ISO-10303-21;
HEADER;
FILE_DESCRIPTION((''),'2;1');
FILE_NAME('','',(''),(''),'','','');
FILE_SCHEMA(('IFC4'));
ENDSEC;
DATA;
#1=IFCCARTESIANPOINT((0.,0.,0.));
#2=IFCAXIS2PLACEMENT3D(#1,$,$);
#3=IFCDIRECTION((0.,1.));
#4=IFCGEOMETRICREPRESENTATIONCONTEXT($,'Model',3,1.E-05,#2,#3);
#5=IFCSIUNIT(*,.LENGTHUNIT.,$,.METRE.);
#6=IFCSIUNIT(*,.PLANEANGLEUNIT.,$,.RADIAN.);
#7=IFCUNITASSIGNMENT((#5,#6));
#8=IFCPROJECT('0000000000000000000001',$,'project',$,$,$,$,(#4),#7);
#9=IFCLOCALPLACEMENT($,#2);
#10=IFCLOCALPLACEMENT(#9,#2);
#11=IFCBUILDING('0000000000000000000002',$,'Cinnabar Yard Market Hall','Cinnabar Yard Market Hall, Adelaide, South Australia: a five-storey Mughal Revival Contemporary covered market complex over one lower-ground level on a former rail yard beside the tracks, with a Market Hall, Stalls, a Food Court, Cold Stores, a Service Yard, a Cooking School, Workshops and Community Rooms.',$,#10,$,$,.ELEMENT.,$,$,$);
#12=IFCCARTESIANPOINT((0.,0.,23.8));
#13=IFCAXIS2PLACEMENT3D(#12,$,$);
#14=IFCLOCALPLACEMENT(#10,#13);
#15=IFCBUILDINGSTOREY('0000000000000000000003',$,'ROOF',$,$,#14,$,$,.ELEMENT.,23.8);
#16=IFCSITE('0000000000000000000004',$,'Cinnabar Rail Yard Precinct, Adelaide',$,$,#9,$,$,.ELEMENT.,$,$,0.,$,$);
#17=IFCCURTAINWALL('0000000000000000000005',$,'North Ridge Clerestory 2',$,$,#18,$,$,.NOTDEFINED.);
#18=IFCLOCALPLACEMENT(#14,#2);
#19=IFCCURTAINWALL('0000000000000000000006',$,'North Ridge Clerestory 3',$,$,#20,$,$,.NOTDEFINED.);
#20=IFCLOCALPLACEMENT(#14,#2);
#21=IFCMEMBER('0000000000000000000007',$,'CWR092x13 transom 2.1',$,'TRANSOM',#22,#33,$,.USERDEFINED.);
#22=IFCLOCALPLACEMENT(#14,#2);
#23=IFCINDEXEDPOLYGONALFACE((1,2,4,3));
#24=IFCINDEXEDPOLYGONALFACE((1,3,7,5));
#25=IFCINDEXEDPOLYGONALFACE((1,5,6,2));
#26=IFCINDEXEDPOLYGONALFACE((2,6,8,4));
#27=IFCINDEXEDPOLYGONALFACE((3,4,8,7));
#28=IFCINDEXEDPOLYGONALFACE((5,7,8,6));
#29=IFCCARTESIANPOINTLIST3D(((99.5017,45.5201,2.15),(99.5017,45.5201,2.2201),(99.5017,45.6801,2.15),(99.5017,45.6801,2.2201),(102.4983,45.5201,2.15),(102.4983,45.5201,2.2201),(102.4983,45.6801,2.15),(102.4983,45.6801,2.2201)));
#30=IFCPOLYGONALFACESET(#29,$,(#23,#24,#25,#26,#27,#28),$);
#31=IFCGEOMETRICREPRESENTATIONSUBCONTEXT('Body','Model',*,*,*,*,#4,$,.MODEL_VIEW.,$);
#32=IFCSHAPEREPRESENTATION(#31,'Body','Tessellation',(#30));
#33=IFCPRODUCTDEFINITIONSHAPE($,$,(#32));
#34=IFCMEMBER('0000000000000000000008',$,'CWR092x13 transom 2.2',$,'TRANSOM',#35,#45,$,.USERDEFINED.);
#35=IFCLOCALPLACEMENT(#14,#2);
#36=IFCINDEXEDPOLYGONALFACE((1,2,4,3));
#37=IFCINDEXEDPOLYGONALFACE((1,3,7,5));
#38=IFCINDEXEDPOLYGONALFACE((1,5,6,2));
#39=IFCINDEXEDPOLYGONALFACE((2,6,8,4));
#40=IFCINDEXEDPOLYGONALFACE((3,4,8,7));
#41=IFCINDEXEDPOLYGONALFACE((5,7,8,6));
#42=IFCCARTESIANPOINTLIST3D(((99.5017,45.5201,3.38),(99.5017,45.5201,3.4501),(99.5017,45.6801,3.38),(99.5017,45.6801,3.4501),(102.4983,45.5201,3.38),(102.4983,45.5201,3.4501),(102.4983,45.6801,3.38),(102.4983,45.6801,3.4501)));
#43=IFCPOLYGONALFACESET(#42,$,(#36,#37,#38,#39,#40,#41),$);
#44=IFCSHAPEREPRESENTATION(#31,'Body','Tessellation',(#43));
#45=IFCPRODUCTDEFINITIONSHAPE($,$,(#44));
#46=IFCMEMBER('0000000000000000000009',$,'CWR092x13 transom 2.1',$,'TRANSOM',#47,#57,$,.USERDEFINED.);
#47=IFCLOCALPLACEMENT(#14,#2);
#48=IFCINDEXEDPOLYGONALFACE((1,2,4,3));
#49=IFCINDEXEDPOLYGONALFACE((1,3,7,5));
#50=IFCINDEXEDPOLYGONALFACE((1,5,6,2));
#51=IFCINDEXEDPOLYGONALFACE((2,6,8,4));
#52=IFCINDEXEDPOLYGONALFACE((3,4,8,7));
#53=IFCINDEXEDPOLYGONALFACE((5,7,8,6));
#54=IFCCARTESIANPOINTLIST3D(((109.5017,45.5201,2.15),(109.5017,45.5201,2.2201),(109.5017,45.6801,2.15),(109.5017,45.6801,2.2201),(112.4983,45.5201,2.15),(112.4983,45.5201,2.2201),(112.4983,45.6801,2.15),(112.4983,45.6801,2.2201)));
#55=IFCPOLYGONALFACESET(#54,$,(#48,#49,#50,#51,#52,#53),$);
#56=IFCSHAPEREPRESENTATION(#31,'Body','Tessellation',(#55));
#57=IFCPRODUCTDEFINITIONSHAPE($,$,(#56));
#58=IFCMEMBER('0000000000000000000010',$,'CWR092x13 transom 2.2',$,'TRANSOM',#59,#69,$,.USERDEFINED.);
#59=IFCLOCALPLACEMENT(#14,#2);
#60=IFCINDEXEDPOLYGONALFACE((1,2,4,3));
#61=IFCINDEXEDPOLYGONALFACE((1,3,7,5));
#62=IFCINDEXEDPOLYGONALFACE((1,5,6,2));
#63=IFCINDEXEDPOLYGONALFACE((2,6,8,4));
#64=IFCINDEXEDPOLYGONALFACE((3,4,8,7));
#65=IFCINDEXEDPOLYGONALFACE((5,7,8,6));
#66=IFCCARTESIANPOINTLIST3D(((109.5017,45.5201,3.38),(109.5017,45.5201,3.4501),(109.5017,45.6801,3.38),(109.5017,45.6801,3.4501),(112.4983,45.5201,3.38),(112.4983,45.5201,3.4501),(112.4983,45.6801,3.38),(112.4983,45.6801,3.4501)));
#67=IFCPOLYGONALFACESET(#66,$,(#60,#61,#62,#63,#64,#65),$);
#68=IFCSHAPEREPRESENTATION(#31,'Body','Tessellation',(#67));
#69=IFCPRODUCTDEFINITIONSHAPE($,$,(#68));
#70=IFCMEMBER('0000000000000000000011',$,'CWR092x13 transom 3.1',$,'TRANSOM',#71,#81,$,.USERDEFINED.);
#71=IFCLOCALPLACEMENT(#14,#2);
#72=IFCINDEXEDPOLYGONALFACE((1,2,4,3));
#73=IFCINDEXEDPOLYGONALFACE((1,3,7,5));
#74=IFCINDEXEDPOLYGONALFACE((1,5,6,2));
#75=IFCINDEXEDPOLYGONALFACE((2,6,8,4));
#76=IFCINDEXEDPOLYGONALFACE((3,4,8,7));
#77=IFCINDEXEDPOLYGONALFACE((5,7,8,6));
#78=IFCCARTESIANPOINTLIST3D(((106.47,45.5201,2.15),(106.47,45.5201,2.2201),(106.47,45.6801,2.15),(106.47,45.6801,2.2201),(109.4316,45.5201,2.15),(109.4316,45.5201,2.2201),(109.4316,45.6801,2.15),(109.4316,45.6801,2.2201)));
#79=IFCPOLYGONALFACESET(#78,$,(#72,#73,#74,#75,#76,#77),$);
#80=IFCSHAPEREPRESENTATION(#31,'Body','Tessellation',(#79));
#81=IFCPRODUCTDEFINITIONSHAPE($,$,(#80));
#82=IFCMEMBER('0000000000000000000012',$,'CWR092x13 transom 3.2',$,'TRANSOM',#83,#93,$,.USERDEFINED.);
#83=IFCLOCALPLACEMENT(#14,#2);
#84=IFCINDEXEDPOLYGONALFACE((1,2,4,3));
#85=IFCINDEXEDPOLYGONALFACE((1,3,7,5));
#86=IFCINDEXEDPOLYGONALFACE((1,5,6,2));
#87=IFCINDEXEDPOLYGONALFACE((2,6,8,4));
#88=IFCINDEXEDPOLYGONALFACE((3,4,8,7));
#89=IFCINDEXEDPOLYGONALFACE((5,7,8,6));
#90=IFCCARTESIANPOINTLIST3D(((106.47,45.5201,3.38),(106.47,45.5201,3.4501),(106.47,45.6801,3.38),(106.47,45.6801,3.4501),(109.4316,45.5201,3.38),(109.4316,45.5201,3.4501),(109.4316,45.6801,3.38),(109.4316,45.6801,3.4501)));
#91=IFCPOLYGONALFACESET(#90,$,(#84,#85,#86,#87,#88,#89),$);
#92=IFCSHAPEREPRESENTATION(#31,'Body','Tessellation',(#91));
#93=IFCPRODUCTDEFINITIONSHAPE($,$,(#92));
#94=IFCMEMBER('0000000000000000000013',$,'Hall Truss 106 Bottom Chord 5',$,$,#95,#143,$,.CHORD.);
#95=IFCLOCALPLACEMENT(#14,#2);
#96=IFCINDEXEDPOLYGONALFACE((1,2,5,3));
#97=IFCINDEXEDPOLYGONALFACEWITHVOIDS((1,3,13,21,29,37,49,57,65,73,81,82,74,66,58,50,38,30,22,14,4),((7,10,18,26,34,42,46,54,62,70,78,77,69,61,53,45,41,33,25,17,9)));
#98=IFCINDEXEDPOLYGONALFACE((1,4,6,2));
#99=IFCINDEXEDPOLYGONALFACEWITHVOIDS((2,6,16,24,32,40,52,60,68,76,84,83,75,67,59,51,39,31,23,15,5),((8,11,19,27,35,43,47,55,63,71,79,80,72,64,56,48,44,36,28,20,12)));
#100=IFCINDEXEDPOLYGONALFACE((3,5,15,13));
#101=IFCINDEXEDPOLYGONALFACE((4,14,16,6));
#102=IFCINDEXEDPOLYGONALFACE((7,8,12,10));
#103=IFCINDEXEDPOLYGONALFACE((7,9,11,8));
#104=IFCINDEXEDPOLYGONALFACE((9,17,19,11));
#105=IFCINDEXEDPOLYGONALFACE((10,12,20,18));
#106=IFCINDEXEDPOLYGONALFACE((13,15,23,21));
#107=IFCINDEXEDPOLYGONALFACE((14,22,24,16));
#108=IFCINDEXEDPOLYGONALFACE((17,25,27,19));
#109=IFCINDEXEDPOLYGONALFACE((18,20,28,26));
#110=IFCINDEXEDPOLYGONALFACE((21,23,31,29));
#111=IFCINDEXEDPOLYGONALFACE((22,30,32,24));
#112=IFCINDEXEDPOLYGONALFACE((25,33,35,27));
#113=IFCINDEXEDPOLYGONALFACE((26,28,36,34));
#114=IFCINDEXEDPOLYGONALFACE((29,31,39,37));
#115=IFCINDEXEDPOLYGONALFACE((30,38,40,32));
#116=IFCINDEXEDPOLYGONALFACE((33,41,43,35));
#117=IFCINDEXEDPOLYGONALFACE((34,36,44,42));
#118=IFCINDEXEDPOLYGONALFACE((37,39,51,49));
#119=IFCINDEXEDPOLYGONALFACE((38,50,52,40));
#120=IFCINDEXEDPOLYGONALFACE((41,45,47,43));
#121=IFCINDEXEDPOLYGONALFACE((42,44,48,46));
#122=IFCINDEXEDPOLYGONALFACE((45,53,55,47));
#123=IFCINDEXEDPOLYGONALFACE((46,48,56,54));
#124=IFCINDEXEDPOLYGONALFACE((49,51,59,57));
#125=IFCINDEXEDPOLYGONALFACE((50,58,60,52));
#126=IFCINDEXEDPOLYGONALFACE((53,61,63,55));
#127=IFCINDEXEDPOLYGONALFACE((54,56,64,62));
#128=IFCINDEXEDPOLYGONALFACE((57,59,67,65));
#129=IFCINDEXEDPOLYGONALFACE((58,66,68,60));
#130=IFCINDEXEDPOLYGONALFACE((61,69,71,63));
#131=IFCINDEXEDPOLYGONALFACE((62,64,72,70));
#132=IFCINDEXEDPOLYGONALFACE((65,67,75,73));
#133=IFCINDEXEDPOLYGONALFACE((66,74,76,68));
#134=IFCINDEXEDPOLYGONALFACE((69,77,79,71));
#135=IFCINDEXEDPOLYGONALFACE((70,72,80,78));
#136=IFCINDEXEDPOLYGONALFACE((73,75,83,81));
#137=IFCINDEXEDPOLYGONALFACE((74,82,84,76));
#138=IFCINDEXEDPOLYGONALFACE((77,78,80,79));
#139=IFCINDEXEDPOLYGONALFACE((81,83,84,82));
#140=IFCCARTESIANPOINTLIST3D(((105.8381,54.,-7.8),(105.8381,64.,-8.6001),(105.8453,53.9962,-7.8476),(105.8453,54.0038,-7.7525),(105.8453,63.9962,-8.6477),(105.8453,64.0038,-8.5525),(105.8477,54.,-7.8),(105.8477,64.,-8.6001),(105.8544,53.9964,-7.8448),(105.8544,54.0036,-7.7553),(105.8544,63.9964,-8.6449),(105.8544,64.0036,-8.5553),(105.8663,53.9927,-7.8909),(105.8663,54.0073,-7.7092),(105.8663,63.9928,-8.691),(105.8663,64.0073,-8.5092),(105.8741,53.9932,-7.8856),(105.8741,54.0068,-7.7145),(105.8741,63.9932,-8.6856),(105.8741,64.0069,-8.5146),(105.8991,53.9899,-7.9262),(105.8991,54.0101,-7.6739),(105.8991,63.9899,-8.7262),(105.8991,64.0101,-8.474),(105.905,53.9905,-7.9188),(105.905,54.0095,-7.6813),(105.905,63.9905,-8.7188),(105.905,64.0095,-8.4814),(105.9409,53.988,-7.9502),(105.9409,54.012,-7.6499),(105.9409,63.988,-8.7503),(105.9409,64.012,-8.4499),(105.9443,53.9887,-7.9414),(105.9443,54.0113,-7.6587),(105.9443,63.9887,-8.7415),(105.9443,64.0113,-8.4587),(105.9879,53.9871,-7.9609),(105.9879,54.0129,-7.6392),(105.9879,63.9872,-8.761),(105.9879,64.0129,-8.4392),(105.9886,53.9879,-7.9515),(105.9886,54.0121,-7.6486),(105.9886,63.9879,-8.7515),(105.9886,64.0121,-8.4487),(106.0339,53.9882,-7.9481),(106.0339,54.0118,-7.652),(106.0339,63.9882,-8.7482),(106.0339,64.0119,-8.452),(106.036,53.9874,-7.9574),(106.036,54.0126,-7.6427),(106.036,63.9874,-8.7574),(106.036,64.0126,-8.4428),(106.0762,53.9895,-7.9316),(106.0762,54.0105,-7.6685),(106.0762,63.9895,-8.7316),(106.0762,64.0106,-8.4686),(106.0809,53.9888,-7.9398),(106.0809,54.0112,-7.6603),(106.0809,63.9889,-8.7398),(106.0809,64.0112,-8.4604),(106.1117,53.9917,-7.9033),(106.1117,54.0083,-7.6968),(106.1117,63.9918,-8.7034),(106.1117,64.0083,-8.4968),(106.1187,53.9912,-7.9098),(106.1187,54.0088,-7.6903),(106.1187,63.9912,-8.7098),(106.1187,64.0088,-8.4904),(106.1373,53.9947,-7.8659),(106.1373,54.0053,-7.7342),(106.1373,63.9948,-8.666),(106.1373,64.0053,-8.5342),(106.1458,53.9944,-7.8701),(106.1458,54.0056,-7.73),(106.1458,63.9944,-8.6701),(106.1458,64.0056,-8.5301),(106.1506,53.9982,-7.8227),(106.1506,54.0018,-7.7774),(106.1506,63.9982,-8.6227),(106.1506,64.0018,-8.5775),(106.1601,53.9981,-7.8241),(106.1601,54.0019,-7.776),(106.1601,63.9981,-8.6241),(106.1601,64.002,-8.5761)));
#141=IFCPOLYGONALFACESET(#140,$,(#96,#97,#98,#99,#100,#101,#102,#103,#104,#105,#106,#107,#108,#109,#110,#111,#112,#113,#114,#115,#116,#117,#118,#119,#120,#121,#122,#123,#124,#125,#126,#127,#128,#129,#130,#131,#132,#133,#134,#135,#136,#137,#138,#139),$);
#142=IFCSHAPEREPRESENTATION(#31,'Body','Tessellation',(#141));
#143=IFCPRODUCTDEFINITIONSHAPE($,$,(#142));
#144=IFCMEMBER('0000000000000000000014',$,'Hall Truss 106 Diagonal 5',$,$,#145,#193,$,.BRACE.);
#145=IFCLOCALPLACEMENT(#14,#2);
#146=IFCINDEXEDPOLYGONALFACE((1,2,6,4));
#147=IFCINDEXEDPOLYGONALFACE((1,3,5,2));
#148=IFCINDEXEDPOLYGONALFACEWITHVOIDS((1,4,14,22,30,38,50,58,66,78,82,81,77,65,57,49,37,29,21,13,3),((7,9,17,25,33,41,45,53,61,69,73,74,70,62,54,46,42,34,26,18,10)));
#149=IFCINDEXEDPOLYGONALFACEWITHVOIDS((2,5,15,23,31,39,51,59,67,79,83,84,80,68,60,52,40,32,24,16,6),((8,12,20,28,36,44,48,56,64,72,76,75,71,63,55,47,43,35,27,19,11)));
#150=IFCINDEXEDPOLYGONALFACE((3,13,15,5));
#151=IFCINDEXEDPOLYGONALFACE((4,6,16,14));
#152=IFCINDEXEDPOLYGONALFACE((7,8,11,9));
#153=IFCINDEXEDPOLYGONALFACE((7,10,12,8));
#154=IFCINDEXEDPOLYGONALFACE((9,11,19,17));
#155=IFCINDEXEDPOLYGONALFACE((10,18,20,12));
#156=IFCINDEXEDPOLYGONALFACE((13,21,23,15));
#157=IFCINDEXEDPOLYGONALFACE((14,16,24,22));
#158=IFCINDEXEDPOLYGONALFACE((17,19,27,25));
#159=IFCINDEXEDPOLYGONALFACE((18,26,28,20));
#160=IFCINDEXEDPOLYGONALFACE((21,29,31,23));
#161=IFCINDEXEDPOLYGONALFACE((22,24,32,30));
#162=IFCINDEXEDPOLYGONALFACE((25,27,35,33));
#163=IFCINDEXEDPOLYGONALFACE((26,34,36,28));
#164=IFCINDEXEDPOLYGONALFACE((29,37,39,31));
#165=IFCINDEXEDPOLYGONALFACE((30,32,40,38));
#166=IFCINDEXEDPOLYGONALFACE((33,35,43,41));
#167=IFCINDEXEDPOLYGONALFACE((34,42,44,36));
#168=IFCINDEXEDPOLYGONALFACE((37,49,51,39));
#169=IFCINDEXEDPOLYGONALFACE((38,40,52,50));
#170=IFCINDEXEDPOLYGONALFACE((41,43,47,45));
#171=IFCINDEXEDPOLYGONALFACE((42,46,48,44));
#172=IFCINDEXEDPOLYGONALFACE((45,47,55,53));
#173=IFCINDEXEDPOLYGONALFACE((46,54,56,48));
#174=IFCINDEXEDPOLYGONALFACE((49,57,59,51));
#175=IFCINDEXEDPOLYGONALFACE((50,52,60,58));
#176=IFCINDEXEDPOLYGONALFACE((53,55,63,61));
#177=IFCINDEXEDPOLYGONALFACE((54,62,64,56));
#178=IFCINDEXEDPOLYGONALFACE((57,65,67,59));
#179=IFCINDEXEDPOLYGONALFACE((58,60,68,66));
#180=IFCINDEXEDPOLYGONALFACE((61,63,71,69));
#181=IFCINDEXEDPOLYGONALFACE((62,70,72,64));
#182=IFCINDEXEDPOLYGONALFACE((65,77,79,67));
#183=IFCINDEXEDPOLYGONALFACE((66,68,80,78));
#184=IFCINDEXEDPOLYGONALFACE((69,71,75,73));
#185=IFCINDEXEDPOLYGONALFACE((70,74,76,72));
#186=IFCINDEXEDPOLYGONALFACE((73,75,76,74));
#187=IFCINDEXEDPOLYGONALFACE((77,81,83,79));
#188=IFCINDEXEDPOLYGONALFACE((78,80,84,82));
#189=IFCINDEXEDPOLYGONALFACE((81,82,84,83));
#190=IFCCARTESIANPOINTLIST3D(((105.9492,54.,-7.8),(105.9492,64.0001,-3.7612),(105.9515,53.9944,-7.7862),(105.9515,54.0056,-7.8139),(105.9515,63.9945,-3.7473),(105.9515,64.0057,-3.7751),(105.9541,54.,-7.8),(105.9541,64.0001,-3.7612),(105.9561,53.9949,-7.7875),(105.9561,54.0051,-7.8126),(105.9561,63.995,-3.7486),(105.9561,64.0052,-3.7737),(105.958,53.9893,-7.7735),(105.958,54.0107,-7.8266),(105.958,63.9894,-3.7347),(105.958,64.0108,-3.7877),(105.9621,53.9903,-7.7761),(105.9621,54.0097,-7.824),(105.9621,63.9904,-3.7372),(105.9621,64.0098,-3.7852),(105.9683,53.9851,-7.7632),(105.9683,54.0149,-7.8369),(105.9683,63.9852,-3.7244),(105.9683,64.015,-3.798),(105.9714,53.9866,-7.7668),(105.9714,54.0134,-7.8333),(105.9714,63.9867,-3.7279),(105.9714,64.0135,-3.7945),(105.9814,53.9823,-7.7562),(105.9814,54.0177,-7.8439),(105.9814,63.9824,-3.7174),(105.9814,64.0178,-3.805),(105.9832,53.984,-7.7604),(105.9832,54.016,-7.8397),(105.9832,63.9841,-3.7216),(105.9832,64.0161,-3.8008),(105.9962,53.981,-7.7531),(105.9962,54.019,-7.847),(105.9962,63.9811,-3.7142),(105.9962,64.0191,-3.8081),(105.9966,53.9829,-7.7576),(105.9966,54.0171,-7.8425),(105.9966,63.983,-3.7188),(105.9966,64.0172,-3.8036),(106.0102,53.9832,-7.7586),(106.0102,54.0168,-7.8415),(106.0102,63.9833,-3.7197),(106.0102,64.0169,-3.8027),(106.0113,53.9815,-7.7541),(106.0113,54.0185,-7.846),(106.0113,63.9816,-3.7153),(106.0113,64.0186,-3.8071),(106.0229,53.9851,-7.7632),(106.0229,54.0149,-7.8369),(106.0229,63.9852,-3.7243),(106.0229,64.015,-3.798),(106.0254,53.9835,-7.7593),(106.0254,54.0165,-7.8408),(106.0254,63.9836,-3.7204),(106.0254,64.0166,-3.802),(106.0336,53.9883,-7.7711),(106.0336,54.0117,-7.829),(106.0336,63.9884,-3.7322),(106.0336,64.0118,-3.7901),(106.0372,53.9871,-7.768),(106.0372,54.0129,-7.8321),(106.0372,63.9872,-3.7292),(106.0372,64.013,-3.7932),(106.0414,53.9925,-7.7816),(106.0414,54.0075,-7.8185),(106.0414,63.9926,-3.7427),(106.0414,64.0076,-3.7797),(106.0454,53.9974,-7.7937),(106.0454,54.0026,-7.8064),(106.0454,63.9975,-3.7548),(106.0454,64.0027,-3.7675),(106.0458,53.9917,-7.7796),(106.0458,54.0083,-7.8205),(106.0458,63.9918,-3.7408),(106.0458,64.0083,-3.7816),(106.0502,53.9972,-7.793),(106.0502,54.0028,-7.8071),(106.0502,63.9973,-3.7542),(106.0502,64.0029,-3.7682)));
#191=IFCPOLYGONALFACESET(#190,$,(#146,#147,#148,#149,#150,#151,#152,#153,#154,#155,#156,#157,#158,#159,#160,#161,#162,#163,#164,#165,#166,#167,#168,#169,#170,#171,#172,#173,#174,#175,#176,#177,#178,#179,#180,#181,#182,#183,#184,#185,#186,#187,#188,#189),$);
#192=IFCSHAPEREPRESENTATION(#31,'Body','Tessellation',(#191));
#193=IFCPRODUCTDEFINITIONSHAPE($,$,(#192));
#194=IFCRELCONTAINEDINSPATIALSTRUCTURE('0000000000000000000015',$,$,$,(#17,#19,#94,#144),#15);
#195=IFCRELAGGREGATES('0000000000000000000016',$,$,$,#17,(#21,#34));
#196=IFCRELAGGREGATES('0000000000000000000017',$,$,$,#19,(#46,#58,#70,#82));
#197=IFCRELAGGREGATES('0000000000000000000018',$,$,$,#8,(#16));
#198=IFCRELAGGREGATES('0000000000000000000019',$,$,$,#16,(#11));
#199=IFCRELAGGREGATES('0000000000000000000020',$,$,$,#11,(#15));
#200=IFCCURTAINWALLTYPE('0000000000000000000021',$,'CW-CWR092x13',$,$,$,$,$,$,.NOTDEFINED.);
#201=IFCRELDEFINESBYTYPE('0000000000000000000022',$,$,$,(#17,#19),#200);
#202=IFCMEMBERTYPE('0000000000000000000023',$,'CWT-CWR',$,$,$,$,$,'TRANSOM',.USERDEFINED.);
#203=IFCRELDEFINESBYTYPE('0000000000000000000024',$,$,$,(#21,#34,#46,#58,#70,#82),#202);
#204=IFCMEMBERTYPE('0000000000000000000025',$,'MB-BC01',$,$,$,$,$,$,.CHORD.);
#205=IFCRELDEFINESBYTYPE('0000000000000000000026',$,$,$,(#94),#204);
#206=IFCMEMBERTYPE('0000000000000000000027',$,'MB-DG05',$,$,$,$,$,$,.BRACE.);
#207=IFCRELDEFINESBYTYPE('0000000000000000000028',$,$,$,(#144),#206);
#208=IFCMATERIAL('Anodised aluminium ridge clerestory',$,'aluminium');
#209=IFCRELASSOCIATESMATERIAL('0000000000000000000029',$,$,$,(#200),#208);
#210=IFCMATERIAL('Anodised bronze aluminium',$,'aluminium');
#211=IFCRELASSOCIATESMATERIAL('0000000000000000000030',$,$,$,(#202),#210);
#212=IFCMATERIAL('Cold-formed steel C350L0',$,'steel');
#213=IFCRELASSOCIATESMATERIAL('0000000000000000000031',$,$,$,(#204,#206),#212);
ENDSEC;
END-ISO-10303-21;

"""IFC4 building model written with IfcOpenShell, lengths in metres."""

from ifc_helpers import new_model, si_unit, direction, frame, origin, origin_2d_with_axis, place, context, subcontext, project, spatial, rectangle, hollow_circle, extrude, material, material_profile, profile_set, type_object, element, aggregate, save


model = new_model("IFC4")

# Units and contexts
model_context = context("Model", 3, precision=1e-05, world=origin(), true_north=direction((0.0, 1.0)))
body_context = subcontext(model_context, "Body", "Model", "MODEL_VIEW")
ifc_project = project(units=[si_unit("LENGTHUNIT", "METRE"), si_unit("PLANEANGLEUNIT", "RADIAN")], contexts=[model_context])

# Site, building, storey
site_placement = place(None, origin())
site = spatial("IfcSite", under=ifc_project, at=site_placement, Name="Cinnabar Rail Yard Precinct, Adelaide", CompositionType="ELEMENT", RefElevation=0.0)
building_placement = place(site_placement, origin())
building = spatial("IfcBuilding", under=site, at=building_placement, Name="Cinnabar Yard Market Hall", Description="Cinnabar Yard Market Hall, Adelaide, South Australia: a five-storey Mughal Revival Contemporary covered market complex over one lower-ground level on a former rail yard beside the tracks, with a Market Hall, Stalls, a Food Court, Cold Stores, a Service Yard, a Cooking School, Workshops and Community Rooms.", CompositionType="ELEMENT")
storey_placement = place(building_placement, frame((0.0, 0.0, 23.8)))
storey = spatial("IfcBuildingStorey", under=building, at=storey_placement, Name="ROOF", CompositionType="ELEMENT", Elevation=23.8)

# Curtain walls
ifc_material_1 = material(Name="Anodised aluminium ridge clerestory", Category="aluminium")
curtain_wall_type = type_object("IfcCurtainWallType", Name="CW-CWR092x13", PredefinedType="NOTDEFINED", material=ifc_material_1)
curtain_wall_1_placement = place(storey_placement, origin())
curtain_wall_1 = element("IfcCurtainWall", 1, at=curtain_wall_1_placement, inside=storey, type_object=curtain_wall_type, Name="North Ridge Clerestory 2", PredefinedType="NOTDEFINED")
ifc_material_2 = material(Name="Anodised bronze aluminium", Category="aluminium")
curtain_wall_2_placement = place(storey_placement, origin())
curtain_wall_2 = element("IfcCurtainWall", 2, at=curtain_wall_2_placement, inside=storey, type_object=curtain_wall_type, Name="North Ridge Clerestory 3", PredefinedType="NOTDEFINED")

# Members
ifc_material_profile_1 = material_profile(ifc_material_2, rectangle(XDim=0.1599, YDim=0.0701, at=origin_2d_with_axis()), Name="TRN-CWR")
ifc_profile_set_1 = profile_set([ifc_material_profile_1], Name="Anodised bronze aluminium")
member_type_1 = type_object("IfcMemberType", Name="CWT-CWR", ElementType="TRANSOM", PredefinedType="USERDEFINED", material=ifc_profile_set_1)
member_1_placement = place(storey_placement, frame((102.4983, 45.6001, 2.1851), z_axis=(-1.0, 0.0, 0.0), x_axis=(0.0, -1.0, 0.0)))
member_1 = element("IfcMember", 3, at=member_1_placement, type_object=member_type_1, Name="CWR092x13 transom 2.1", ObjectType="TRANSOM", PredefinedType="USERDEFINED", context=body_context, shape_type="SweptSolid", body=[
    extrude(rectangle(XDim=0.1599, YDim=0.0701, at=origin_2d_with_axis()), origin(), (0.0, 0.0, 1.0), 2.9966),
])
member_2_placement = place(storey_placement, frame((102.4983, 45.6001, 3.415), z_axis=(-1.0, 0.0, 0.0), x_axis=(0.0, -1.0, 0.0)))
member_2 = element("IfcMember", 4, at=member_2_placement, type_object=member_type_1, Name="CWR092x13 transom 2.2", ObjectType="TRANSOM", PredefinedType="USERDEFINED", context=body_context, shape_type="SweptSolid", body=[
    extrude(rectangle(XDim=0.1599, YDim=0.0701, at=origin_2d_with_axis()), origin(), (0.0, 0.0, 1.0), 2.9966),
])
member_3_placement = place(storey_placement, frame((112.4983, 45.6001, 2.1851), z_axis=(-1.0, 0.0, 0.0), x_axis=(0.0, -1.0, 0.0)))
member_3 = element("IfcMember", 5, at=member_3_placement, type_object=member_type_1, Name="CWR092x13 transom 2.1", ObjectType="TRANSOM", PredefinedType="USERDEFINED", context=body_context, shape_type="SweptSolid", body=[
    extrude(rectangle(XDim=0.1599, YDim=0.0701, at=origin_2d_with_axis()), origin(), (0.0, 0.0, 1.0), 2.9966),
])
member_4_placement = place(storey_placement, frame((112.4983, 45.6001, 3.415), z_axis=(-1.0, 0.0, 0.0), x_axis=(0.0, -1.0, 0.0)))
member_4 = element("IfcMember", 6, at=member_4_placement, type_object=member_type_1, Name="CWR092x13 transom 2.2", ObjectType="TRANSOM", PredefinedType="USERDEFINED", context=body_context, shape_type="SweptSolid", body=[
    extrude(rectangle(XDim=0.1599, YDim=0.0701, at=origin_2d_with_axis()), origin(), (0.0, 0.0, 1.0), 2.9966),
])
member_5_placement = place(storey_placement, frame((109.4316, 45.6001, 2.1851), z_axis=(-1.0, 0.0, 0.0), x_axis=(0.0, -1.0, 0.0)))
member_5 = element("IfcMember", 7, at=member_5_placement, type_object=member_type_1, Name="CWR092x13 transom 3.1", ObjectType="TRANSOM", PredefinedType="USERDEFINED", context=body_context, shape_type="SweptSolid", body=[
    extrude(rectangle(XDim=0.1599, YDim=0.0701, at=origin_2d_with_axis()), origin(), (0.0, 0.0, 1.0), 2.9617),
])
member_6_placement = place(storey_placement, frame((109.4316, 45.6001, 3.415), z_axis=(-1.0, 0.0, 0.0), x_axis=(0.0, -1.0, 0.0)))
member_6 = element("IfcMember", 8, at=member_6_placement, type_object=member_type_1, Name="CWR092x13 transom 3.2", ObjectType="TRANSOM", PredefinedType="USERDEFINED", context=body_context, shape_type="SweptSolid", body=[
    extrude(rectangle(XDim=0.1599, YDim=0.0701, at=origin_2d_with_axis()), origin(), (0.0, 0.0, 1.0), 2.9617),
])

# Members
ifc_material_3 = material(Name="Cold-formed steel C350L0", Category="steel")
ifc_material_profile_2 = material_profile(ifc_material_3, hollow_circle(Radius=0.1619, WallThickness=0.0095, at=origin_2d_with_axis()), Name="323.9x9.5CHS")
ifc_profile_set_2 = profile_set([ifc_material_profile_2], Name="Cold-formed steel C350L0")
member_type_2 = type_object("IfcMemberType", Name="MB-BC01", PredefinedType="CHORD", material=ifc_profile_set_2)
member_7_placement = place(storey_placement, frame((106.0, 54.0, -7.8), z_axis=(0.0, 0.996815, -0.07975), x_axis=(-1.0, 0.0, 0.0)))
element("IfcMember", 9, at=member_7_placement, inside=storey, type_object=member_type_2, Name="Hall Truss 106 Bottom Chord 5", PredefinedType="CHORD", context=body_context, shape_type="SweptSolid", body=[
    extrude(hollow_circle(Radius=0.1619, WallThickness=0.0095, at=origin_2d_with_axis()), origin(), (0.0, 0.0, 1.0), 10.032),
])
ifc_material_profile_3 = material_profile(ifc_material_3, hollow_circle(Radius=0.0508, WallThickness=0.0049, at=origin_2d_with_axis()), Name="101.6x5.0CHS")
ifc_profile_set_3 = profile_set([ifc_material_profile_3], Name="Cold-formed steel C350L0")
member_type_3 = type_object("IfcMemberType", Name="MB-DG05", PredefinedType="BRACE", material=ifc_profile_set_3)
member_8_placement = place(storey_placement, frame((106.0, 54.0, -7.8), z_axis=(0.0, 0.92723, 0.374491), x_axis=(-1.0, 0.0, 0.0)))
element("IfcMember", 10, at=member_8_placement, inside=storey, type_object=member_type_3, Name="Hall Truss 106 Diagonal 5", PredefinedType="BRACE", context=body_context, shape_type="SweptSolid", body=[
    extrude(hollow_circle(Radius=0.0508, WallThickness=0.0049, at=origin_2d_with_axis()), origin(), (0.0, 0.0, 1.0), 10.7849),
])

aggregate(curtain_wall_1, [member_1, member_2])
aggregate(curtain_wall_2, [member_3, member_4, member_5, member_6])

save(model, "model.ifc")
